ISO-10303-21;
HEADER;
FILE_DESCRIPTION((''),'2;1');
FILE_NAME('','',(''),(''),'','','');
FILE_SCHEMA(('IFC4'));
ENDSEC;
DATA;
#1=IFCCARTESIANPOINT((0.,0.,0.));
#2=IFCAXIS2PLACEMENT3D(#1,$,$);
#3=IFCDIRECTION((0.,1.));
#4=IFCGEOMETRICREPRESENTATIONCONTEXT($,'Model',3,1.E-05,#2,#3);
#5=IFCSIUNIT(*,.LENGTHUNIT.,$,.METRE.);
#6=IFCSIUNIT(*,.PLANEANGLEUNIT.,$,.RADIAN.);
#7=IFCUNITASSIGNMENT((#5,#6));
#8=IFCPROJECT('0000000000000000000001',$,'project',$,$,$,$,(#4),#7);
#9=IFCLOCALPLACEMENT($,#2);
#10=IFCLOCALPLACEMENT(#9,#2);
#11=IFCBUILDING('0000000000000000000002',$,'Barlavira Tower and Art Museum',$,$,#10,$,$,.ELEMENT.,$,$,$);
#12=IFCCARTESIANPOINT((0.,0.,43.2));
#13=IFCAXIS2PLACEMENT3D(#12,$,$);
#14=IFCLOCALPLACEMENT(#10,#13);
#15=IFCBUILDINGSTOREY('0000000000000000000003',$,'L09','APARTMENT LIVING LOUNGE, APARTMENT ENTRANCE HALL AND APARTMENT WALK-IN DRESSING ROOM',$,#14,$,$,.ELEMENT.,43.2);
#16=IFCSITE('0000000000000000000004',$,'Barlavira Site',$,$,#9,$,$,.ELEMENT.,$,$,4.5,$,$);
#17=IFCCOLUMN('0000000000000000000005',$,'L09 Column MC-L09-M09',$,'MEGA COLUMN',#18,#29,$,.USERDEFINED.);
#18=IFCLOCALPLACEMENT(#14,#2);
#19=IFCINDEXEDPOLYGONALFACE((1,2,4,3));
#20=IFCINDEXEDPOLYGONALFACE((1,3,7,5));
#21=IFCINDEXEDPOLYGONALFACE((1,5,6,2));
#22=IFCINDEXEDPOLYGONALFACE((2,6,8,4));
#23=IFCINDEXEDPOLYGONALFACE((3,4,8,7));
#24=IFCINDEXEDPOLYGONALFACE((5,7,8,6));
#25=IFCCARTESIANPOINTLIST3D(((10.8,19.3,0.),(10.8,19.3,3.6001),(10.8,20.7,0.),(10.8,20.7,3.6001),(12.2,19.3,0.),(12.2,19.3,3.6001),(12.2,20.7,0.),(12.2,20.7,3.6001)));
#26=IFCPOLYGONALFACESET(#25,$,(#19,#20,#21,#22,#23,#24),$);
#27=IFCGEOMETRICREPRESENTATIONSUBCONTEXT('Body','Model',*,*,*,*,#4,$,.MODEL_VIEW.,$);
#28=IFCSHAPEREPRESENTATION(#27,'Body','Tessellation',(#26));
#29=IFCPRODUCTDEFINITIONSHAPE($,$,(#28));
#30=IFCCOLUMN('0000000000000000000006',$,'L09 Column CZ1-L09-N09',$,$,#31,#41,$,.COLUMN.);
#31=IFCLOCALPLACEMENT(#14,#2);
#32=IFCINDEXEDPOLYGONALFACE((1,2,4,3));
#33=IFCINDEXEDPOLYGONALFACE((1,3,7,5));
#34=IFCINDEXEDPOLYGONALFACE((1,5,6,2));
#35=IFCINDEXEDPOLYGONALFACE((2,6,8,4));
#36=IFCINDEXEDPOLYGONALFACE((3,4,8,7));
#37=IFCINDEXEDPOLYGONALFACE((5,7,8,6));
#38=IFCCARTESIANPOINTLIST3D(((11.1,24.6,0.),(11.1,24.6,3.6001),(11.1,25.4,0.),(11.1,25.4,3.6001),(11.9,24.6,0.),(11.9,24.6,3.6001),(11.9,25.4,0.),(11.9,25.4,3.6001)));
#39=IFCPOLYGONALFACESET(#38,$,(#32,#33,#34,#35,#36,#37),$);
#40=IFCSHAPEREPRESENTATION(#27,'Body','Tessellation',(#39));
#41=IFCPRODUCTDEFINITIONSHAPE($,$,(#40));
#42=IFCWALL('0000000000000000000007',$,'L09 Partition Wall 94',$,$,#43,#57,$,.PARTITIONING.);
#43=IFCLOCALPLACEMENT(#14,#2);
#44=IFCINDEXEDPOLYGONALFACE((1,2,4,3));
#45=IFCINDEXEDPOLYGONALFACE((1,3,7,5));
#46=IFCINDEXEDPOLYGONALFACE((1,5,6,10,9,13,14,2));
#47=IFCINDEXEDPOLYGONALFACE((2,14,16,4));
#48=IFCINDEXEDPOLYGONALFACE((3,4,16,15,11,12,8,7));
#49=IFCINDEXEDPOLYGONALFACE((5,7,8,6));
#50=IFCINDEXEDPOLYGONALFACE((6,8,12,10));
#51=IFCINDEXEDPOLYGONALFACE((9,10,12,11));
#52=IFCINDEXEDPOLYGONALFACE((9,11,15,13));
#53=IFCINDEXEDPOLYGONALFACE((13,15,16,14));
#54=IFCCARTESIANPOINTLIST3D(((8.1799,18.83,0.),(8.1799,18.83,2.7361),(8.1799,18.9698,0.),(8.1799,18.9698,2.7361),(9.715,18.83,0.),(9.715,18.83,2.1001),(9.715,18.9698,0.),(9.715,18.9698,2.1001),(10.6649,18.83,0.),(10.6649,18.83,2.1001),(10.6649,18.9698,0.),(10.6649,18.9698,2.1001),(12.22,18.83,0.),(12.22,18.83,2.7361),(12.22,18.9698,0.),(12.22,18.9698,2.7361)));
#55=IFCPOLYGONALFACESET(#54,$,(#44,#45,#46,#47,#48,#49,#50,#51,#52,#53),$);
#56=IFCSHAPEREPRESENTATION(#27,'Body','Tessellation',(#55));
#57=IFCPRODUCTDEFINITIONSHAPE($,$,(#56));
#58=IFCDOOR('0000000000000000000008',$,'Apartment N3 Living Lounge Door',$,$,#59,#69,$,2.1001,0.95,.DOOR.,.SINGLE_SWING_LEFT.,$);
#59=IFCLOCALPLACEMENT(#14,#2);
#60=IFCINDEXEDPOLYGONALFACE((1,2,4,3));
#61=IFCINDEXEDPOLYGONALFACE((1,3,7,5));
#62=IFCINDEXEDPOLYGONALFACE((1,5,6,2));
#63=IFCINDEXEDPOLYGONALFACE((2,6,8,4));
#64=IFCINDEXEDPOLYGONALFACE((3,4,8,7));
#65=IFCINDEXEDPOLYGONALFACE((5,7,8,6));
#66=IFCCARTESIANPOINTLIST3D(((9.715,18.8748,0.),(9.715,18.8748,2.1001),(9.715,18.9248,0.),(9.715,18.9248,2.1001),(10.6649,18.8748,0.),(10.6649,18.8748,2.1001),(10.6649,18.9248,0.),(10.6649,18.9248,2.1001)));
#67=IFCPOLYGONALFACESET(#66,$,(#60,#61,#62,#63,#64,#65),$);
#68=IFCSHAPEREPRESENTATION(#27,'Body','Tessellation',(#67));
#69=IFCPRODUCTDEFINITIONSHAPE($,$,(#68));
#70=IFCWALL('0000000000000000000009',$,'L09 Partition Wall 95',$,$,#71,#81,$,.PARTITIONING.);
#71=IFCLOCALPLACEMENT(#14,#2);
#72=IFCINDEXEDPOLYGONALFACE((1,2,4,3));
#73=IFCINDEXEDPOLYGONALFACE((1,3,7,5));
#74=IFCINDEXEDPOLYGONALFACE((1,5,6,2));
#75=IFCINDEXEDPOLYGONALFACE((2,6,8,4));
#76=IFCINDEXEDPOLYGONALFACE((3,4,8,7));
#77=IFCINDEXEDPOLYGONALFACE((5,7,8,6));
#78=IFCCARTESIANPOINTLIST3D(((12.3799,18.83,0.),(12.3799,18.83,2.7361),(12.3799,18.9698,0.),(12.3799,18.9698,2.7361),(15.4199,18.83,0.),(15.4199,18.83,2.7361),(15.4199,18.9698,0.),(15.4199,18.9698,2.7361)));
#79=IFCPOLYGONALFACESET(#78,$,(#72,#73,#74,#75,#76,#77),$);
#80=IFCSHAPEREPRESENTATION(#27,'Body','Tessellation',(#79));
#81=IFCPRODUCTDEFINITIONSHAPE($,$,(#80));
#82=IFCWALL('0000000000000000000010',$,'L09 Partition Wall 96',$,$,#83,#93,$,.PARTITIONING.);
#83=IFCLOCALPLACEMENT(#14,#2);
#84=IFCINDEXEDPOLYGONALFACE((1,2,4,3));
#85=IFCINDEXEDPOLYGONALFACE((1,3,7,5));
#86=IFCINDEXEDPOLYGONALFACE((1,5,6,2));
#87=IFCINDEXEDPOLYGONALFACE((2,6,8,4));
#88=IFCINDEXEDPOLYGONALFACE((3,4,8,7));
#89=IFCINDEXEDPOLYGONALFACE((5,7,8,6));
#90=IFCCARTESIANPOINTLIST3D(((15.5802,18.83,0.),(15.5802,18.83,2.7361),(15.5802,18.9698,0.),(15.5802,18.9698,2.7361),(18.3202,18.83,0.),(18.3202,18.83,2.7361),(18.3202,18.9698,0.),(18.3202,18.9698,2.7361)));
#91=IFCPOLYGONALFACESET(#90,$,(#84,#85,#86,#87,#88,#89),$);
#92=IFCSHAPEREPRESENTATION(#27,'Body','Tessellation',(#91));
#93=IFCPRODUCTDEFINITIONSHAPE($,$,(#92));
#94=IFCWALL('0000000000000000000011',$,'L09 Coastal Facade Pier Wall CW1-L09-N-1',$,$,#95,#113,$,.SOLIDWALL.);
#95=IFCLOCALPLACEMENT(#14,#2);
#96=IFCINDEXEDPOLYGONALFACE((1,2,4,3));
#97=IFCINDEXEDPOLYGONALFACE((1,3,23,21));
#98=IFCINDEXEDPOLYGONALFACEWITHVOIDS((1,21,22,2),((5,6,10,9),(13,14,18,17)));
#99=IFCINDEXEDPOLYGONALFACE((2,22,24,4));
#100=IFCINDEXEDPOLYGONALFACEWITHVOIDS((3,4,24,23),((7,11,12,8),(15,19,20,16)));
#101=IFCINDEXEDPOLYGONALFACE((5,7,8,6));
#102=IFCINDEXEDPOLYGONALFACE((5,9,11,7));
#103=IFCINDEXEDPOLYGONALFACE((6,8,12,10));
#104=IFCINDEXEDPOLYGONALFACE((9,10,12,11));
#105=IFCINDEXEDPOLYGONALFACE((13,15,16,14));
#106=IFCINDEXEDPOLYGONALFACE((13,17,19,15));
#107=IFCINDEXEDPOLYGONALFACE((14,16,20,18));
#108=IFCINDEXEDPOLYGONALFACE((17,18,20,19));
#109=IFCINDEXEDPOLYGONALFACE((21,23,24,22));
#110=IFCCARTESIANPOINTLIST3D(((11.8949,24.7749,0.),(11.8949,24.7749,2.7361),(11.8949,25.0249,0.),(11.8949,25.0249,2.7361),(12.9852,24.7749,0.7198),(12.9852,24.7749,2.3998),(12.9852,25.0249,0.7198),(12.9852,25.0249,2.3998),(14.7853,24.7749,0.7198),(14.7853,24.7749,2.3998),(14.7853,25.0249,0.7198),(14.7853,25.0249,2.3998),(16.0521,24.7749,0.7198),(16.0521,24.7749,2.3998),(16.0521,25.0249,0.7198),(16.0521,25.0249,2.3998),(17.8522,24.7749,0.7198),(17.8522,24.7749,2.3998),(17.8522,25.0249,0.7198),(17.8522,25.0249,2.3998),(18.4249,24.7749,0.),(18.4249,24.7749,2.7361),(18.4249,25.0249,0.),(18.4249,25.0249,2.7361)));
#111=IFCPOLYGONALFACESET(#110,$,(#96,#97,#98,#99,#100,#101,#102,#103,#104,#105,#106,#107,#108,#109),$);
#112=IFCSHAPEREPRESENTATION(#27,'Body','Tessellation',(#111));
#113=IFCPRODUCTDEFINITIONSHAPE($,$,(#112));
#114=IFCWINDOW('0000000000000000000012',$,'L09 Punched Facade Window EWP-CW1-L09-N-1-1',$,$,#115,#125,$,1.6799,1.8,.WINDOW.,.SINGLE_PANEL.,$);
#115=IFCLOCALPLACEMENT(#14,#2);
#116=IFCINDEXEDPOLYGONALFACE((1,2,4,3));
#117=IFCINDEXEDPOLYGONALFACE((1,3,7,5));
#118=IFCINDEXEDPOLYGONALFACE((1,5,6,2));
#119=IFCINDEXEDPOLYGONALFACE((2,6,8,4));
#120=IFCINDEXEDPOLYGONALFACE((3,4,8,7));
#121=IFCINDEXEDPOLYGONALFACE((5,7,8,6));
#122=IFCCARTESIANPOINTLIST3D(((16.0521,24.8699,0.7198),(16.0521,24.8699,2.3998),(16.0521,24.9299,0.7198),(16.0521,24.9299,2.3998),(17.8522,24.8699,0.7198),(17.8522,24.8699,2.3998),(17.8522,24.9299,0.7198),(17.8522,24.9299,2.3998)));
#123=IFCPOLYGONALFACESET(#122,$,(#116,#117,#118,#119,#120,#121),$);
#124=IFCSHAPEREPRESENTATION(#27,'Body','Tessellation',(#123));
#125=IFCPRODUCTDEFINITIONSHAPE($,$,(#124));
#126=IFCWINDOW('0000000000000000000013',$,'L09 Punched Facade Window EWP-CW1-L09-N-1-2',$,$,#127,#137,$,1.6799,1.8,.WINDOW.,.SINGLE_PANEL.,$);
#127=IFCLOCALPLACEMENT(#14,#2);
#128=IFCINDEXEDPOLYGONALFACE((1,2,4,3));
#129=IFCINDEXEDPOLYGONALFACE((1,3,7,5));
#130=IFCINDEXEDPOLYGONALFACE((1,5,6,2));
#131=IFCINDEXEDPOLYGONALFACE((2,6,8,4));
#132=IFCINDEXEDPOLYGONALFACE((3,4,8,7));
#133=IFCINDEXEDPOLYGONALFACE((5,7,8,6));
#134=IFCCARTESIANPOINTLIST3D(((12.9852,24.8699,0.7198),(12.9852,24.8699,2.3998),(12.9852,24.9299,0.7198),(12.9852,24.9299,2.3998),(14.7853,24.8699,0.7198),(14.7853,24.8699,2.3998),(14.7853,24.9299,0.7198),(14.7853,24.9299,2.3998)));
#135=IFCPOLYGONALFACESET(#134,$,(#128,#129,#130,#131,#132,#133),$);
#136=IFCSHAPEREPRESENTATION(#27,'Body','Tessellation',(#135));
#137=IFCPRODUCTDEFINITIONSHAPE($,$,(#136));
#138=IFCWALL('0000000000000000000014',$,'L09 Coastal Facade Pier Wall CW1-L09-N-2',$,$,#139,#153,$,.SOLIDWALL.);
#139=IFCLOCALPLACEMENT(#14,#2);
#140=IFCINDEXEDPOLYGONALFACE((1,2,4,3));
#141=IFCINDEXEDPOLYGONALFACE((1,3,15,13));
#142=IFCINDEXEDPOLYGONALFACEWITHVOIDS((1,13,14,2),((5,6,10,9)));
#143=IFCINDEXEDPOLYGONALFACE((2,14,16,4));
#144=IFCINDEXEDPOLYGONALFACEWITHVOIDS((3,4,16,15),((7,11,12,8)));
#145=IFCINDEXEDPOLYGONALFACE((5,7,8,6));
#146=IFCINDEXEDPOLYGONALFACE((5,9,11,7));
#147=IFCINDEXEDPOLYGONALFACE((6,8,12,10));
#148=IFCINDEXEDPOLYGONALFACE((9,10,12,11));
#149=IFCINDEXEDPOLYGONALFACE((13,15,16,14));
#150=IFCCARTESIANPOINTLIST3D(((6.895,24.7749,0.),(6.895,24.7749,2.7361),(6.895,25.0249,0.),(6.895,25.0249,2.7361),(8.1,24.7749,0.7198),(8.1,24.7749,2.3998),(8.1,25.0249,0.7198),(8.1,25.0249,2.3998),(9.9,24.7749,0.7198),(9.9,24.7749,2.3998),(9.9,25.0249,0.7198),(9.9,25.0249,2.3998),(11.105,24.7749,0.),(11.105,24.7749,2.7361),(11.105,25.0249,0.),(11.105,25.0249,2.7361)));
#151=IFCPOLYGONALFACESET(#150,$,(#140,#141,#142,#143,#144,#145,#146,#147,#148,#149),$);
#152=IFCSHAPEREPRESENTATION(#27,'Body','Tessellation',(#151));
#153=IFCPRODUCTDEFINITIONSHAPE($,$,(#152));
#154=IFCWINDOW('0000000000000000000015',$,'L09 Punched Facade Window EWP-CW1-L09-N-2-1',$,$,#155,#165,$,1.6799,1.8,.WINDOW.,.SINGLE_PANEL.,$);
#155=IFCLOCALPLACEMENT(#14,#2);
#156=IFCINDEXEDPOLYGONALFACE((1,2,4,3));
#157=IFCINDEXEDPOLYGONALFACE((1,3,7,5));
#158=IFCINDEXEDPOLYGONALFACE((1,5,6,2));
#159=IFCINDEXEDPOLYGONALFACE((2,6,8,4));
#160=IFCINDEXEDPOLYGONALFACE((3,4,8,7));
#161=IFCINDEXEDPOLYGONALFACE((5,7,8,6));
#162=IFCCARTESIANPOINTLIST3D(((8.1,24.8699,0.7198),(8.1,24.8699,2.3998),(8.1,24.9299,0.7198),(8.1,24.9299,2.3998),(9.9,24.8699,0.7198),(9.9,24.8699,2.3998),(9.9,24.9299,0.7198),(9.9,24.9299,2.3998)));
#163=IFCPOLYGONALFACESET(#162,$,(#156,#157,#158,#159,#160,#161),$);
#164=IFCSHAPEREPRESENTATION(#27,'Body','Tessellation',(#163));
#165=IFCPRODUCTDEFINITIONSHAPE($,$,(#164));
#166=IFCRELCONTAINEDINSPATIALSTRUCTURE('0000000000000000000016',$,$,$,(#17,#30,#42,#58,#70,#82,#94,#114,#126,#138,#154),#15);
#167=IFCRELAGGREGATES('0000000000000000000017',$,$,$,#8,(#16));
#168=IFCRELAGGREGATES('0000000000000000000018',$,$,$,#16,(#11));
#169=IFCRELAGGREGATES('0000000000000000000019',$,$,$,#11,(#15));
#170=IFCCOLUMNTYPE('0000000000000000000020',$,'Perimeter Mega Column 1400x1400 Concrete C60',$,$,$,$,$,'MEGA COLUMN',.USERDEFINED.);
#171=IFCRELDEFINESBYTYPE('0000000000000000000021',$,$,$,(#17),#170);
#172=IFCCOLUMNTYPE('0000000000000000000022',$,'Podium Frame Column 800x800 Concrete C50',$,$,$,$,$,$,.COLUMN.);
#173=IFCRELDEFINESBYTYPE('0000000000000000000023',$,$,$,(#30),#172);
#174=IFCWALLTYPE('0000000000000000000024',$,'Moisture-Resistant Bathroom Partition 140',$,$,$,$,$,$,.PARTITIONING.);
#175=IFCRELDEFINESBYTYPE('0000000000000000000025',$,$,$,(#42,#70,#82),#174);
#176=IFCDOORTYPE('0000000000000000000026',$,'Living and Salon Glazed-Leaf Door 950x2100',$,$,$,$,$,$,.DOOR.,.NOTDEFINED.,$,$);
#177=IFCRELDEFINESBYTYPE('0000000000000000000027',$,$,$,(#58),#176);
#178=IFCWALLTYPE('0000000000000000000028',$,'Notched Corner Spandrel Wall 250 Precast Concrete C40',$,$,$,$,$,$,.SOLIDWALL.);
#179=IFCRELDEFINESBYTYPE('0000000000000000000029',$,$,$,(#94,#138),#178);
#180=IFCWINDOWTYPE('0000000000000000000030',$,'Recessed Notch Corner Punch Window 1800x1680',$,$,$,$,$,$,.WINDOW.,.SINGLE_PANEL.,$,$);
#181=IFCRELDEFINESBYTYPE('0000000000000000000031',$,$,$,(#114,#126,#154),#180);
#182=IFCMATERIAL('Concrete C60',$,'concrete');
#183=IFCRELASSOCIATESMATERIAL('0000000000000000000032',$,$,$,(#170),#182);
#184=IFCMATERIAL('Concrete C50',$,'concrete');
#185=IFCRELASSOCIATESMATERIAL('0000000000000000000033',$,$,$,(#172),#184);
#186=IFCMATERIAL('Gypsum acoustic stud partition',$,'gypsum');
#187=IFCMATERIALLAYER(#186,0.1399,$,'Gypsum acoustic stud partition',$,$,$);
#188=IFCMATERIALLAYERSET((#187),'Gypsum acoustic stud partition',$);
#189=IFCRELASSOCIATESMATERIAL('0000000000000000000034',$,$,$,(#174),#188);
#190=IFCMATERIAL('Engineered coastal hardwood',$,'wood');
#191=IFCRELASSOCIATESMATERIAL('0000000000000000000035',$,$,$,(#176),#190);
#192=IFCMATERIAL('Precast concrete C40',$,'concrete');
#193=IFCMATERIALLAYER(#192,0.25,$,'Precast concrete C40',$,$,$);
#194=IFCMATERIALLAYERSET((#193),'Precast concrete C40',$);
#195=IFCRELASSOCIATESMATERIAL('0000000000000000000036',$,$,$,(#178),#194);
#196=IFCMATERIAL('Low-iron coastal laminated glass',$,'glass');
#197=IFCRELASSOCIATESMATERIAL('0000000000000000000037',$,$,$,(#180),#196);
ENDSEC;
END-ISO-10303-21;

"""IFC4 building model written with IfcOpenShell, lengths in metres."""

from ifc_helpers import new_model, si_unit, direction, frame, frame_2d, origin, origin_2d, place, context, subcontext, project, spatial, rectangle, extrude, material, layer, layer_set, material_profile, profile_set, type_object, element, fill, save


model = new_model("IFC4")

# Units and contexts
model_context = context("Model", 3, precision=1e-05, world=origin(), true_north=direction((0.0, 1.0)))
body_context = subcontext(model_context, "Body", "Model", "MODEL_VIEW")
ifc_project = project(units=[si_unit("LENGTHUNIT", "METRE"), si_unit("PLANEANGLEUNIT", "RADIAN")], contexts=[model_context])

# Site, building, storey
site_placement = place(None, origin())
site = spatial("IfcSite", under=ifc_project, at=site_placement, Name="Barlavira Site", CompositionType="ELEMENT", RefElevation=4.5)
building_placement = place(site_placement, origin())
building = spatial("IfcBuilding", under=site, at=building_placement, Name="Barlavira Tower and Art Museum", CompositionType="ELEMENT")
storey_placement = place(building_placement, frame((0.0, 0.0, 43.2)))
storey = spatial("IfcBuildingStorey", under=building, at=storey_placement, Name="L09", Description="APARTMENT LIVING LOUNGE, APARTMENT ENTRANCE HALL AND APARTMENT WALK-IN DRESSING ROOM", CompositionType="ELEMENT", Elevation=43.2)

# Columns
ifc_material_1 = material(Name="Concrete C60", Category="concrete")
ifc_material_profile_1 = material_profile(ifc_material_1, rectangle(XDim=1.3999, YDim=1.3999, at=origin_2d()), Name="RC-MCOL 1400x1400")
ifc_profile_set_1 = profile_set([ifc_material_profile_1], Name="Concrete C60")
column_type_1 = type_object("IfcColumnType", Name="Perimeter Mega Column 1400x1400 Concrete C60", ElementType="MEGA COLUMN", PredefinedType="USERDEFINED", material=ifc_profile_set_1)
column_1_placement = place(storey_placement, frame((11.5, 20.0, 0.0), z_axis=(0.0, 0.0, 1.0), x_axis=(1.0, 0.0, 0.0)))
element("IfcColumn", 1, at=column_1_placement, inside=storey, type_object=column_type_1, Name="L09 Column MC-L09-M09", ObjectType="MEGA COLUMN", PredefinedType="USERDEFINED", context=body_context, shape_type="SweptSolid", body=[
    extrude(rectangle(XDim=1.3999, YDim=1.3999, at=origin_2d()), origin(), (0.0, 0.0, 1.0), 3.6001),
])
ifc_material_2 = material(Name="Concrete C50", Category="concrete")
ifc_material_profile_2 = material_profile(ifc_material_2, rectangle(XDim=0.8, YDim=0.8, at=origin_2d()), Name="RC-COL 800x800")
ifc_profile_set_2 = profile_set([ifc_material_profile_2], Name="Concrete C50")
column_type_2 = type_object("IfcColumnType", Name="Podium Frame Column 800x800 Concrete C50", PredefinedType="COLUMN", material=ifc_profile_set_2)
column_2_placement = place(storey_placement, frame((11.5, 25.0, 0.0), z_axis=(0.0, 0.0, 1.0), x_axis=(1.0, 0.0, 0.0)))
element("IfcColumn", 2, at=column_2_placement, inside=storey, type_object=column_type_2, Name="L09 Column CZ1-L09-N09", PredefinedType="COLUMN", context=body_context, shape_type="SweptSolid", body=[
    extrude(rectangle(XDim=0.8, YDim=0.8, at=origin_2d()), origin(), (0.0, 0.0, 1.0), 3.6001),
])

# Wall, opening, door
ifc_material_3 = material(Name="Gypsum acoustic stud partition", Category="gypsum")
ifc_layer_1 = layer(ifc_material_3, 0.1399, Name="Gypsum acoustic stud partition")
ifc_layer_set_1 = layer_set([ifc_layer_1], Name="Gypsum acoustic stud partition")
wall_type_1 = type_object("IfcWallType", Name="Moisture-Resistant Bathroom Partition 140", PredefinedType="PARTITIONING", material=ifc_layer_set_1)
wall_1_placement = place(storey_placement, frame((8.1799, 18.8999, 0.0), z_axis=(0.0, 0.0, 1.0), x_axis=(1.0, 0.0, 0.0)))
wall_1 = element("IfcWall", 3, at=wall_1_placement, inside=storey, type_object=wall_type_1, Name="L09 Partition Wall 94", PredefinedType="PARTITIONING", context=body_context, shape_type="SweptSolid", body=[
    extrude(rectangle(XDim=4.04, YDim=0.1399, at=frame_2d((2.02, 0.0))), origin(), (0.0, 0.0, 1.0), 2.7361),
])
opening_1_placement = place(wall_1_placement, frame((1.5349, 0.0, 0.0)))
opening_1 = element("IfcOpeningElement", 4, at=opening_1_placement, cuts=wall_1, PredefinedType="OPENING", context=body_context, shape_type="SweptSolid", body=[
    extrude(rectangle(XDim=0.95, YDim=2.1001, at=frame_2d((0.4751, 1.05))), frame((0.0, 0.0801, 0.0), z_axis=(0.0, -1.0, 0.0), x_axis=(1.0, 0.0, 0.0)), (0.0, 0.0, 1.0), 0.1599),
])
ifc_material_4 = material(Name="Engineered coastal hardwood", Category="wood")
door_type = type_object("IfcDoorType", Name="Living and Salon Glazed-Leaf Door 950x2100", OperationType="NOTDEFINED", PredefinedType="DOOR", material=ifc_material_4)
door_placement = place(opening_1_placement, origin())
door = element("IfcDoor", 5, at=door_placement, inside=storey, type_object=door_type, Name="Apartment N3 Living Lounge Door", OperationType="SINGLE_SWING_LEFT", OverallHeight=2.1001, OverallWidth=0.95, PredefinedType="DOOR", context=body_context, shape_type="SweptSolid", body=[
    extrude(rectangle(XDim=0.95, YDim=2.1001, at=frame_2d((0.4751, 1.05))), frame((0.0, 0.0249, 0.0), z_axis=(0.0, -1.0, 0.0), x_axis=(1.0, 0.0, 0.0)), (0.0, 0.0, 1.0), 0.05),
])
fill(opening_1, door)

# Walls
wall_2_placement = place(storey_placement, frame((12.3799, 18.8999, 0.0), z_axis=(0.0, 0.0, 1.0), x_axis=(1.0, 0.0, 0.0)))
element("IfcWall", 6, at=wall_2_placement, inside=storey, type_object=wall_type_1, Name="L09 Partition Wall 95", PredefinedType="PARTITIONING", context=body_context, shape_type="SweptSolid", body=[
    extrude(rectangle(XDim=3.04, YDim=0.1399, at=frame_2d((1.52, 0.0))), origin(), (0.0, 0.0, 1.0), 2.7361),
])
wall_3_placement = place(storey_placement, frame((15.5801, 18.8999, 0.0), z_axis=(0.0, 0.0, 1.0), x_axis=(1.0, 0.0, 0.0)))
element("IfcWall", 7, at=wall_3_placement, inside=storey, type_object=wall_type_1, Name="L09 Partition Wall 96", PredefinedType="PARTITIONING", context=body_context, shape_type="SweptSolid", body=[
    extrude(rectangle(XDim=2.74, YDim=0.1399, at=frame_2d((1.3701, 0.0))), origin(), (0.0, 0.0, 1.0), 2.7361),
])

# Wall, openings, windows
ifc_material_5 = material(Name="Precast concrete C40", Category="concrete")
ifc_layer_2 = layer(ifc_material_5, 0.25, Name="Precast concrete C40")
ifc_layer_set_2 = layer_set([ifc_layer_2], Name="Precast concrete C40")
wall_type_2 = type_object("IfcWallType", Name="Notched Corner Spandrel Wall 250 Precast Concrete C40", PredefinedType="SOLIDWALL", material=ifc_layer_set_2)
wall_4_placement = place(storey_placement, frame((18.425, 24.8999, 0.0), z_axis=(0.0, 0.0, 1.0), x_axis=(-1.0, 0.0, 0.0)))
wall_4 = element("IfcWall", 8, at=wall_4_placement, inside=storey, type_object=wall_type_2, Name="L09 Coastal Facade Pier Wall CW1-L09-N-1", PredefinedType="SOLIDWALL", context=body_context, shape_type="SweptSolid", body=[
    extrude(rectangle(XDim=6.53, YDim=0.25, at=frame_2d((3.2651, 0.0))), origin(), (0.0, 0.0, 1.0), 2.7361),
])
opening_2_placement = place(wall_4_placement, frame((0.573, 0.0, 0.72)))
opening_2 = element("IfcOpeningElement", 9, at=opening_2_placement, cuts=wall_4, PredefinedType="OPENING", context=body_context, shape_type="SweptSolid", body=[
    extrude(rectangle(XDim=1.8, YDim=1.6799, at=frame_2d((0.8999, 0.8398))), frame((0.0, 0.135, 0.0), z_axis=(0.0, -1.0, 0.0), x_axis=(1.0, 0.0, 0.0)), (0.0, 0.0, 1.0), 0.27),
])
opening_3_placement = place(wall_4_placement, frame((3.6399, 0.0, 0.72)))
opening_3 = element("IfcOpeningElement", 10, at=opening_3_placement, cuts=wall_4, PredefinedType="OPENING", context=body_context, shape_type="SweptSolid", body=[
    extrude(rectangle(XDim=1.8, YDim=1.6799, at=frame_2d((0.8999, 0.8398))), frame((0.0, 0.135, 0.0), z_axis=(0.0, -1.0, 0.0), x_axis=(1.0, 0.0, 0.0)), (0.0, 0.0, 1.0), 0.27),
])
ifc_material_6 = material(Name="Low-iron coastal laminated glass", Category="glass")
window_type = type_object("IfcWindowType", Name="Recessed Notch Corner Punch Window 1800x1680", PartitioningType="SINGLE_PANEL", PredefinedType="WINDOW", material=ifc_material_6)
window_1_placement = place(opening_2_placement, origin())
window_1 = element("IfcWindow", 11, at=window_1_placement, inside=storey, type_object=window_type, Name="L09 Punched Facade Window EWP-CW1-L09-N-1-1", OverallHeight=1.6799, OverallWidth=1.8, PartitioningType="SINGLE_PANEL", PredefinedType="WINDOW", context=body_context, shape_type="SweptSolid", body=[
    extrude(rectangle(XDim=1.8, YDim=1.6799, at=frame_2d((0.8999, 0.8398))), frame((0.0, 0.03, 0.0), z_axis=(0.0, -1.0, 0.0), x_axis=(1.0, 0.0, 0.0)), (0.0, 0.0, 1.0), 0.0601),
])
fill(opening_2, window_1)
window_2_placement = place(opening_3_placement, origin())
window_2 = element("IfcWindow", 12, at=window_2_placement, inside=storey, type_object=window_type, Name="L09 Punched Facade Window EWP-CW1-L09-N-1-2", OverallHeight=1.6799, OverallWidth=1.8, PartitioningType="SINGLE_PANEL", PredefinedType="WINDOW", context=body_context, shape_type="SweptSolid", body=[
    extrude(rectangle(XDim=1.8, YDim=1.6799, at=frame_2d((0.8999, 0.8398))), frame((0.0, 0.03, 0.0), z_axis=(0.0, -1.0, 0.0), x_axis=(1.0, 0.0, 0.0)), (0.0, 0.0, 1.0), 0.0601),
])
fill(opening_3, window_2)

# Wall, opening, window
wall_5_placement = place(storey_placement, frame((11.105, 24.8999, 0.0), z_axis=(0.0, 0.0, 1.0), x_axis=(-1.0, 0.0, 0.0)))
wall_5 = element("IfcWall", 13, at=wall_5_placement, inside=storey, type_object=wall_type_2, Name="L09 Coastal Facade Pier Wall CW1-L09-N-2", PredefinedType="SOLIDWALL", context=body_context, shape_type="SweptSolid", body=[
    extrude(rectangle(XDim=4.21, YDim=0.25, at=frame_2d((2.105, 0.0))), origin(), (0.0, 0.0, 1.0), 2.7361),
])
opening_4_placement = place(wall_5_placement, frame((1.2051, 0.0, 0.72)))
opening_4 = element("IfcOpeningElement", 14, at=opening_4_placement, cuts=wall_5, PredefinedType="OPENING", context=body_context, shape_type="SweptSolid", body=[
    extrude(rectangle(XDim=1.8, YDim=1.6799, at=frame_2d((0.8999, 0.8398))), frame((0.0, 0.135, 0.0), z_axis=(0.0, -1.0, 0.0), x_axis=(1.0, 0.0, 0.0)), (0.0, 0.0, 1.0), 0.27),
])
window_3_placement = place(opening_4_placement, origin())
window_3 = element("IfcWindow", 15, at=window_3_placement, inside=storey, type_object=window_type, Name="L09 Punched Facade Window EWP-CW1-L09-N-2-1", OverallHeight=1.6799, OverallWidth=1.8, PartitioningType="SINGLE_PANEL", PredefinedType="WINDOW", context=body_context, shape_type="SweptSolid", body=[
    extrude(rectangle(XDim=1.8, YDim=1.6799, at=frame_2d((0.8999, 0.8398))), frame((0.0, 0.03, 0.0), z_axis=(0.0, -1.0, 0.0), x_axis=(1.0, 0.0, 0.0)), (0.0, 0.0, 1.0), 0.0601),
])
fill(opening_4, window_3)

save(model, "model.ifc")
